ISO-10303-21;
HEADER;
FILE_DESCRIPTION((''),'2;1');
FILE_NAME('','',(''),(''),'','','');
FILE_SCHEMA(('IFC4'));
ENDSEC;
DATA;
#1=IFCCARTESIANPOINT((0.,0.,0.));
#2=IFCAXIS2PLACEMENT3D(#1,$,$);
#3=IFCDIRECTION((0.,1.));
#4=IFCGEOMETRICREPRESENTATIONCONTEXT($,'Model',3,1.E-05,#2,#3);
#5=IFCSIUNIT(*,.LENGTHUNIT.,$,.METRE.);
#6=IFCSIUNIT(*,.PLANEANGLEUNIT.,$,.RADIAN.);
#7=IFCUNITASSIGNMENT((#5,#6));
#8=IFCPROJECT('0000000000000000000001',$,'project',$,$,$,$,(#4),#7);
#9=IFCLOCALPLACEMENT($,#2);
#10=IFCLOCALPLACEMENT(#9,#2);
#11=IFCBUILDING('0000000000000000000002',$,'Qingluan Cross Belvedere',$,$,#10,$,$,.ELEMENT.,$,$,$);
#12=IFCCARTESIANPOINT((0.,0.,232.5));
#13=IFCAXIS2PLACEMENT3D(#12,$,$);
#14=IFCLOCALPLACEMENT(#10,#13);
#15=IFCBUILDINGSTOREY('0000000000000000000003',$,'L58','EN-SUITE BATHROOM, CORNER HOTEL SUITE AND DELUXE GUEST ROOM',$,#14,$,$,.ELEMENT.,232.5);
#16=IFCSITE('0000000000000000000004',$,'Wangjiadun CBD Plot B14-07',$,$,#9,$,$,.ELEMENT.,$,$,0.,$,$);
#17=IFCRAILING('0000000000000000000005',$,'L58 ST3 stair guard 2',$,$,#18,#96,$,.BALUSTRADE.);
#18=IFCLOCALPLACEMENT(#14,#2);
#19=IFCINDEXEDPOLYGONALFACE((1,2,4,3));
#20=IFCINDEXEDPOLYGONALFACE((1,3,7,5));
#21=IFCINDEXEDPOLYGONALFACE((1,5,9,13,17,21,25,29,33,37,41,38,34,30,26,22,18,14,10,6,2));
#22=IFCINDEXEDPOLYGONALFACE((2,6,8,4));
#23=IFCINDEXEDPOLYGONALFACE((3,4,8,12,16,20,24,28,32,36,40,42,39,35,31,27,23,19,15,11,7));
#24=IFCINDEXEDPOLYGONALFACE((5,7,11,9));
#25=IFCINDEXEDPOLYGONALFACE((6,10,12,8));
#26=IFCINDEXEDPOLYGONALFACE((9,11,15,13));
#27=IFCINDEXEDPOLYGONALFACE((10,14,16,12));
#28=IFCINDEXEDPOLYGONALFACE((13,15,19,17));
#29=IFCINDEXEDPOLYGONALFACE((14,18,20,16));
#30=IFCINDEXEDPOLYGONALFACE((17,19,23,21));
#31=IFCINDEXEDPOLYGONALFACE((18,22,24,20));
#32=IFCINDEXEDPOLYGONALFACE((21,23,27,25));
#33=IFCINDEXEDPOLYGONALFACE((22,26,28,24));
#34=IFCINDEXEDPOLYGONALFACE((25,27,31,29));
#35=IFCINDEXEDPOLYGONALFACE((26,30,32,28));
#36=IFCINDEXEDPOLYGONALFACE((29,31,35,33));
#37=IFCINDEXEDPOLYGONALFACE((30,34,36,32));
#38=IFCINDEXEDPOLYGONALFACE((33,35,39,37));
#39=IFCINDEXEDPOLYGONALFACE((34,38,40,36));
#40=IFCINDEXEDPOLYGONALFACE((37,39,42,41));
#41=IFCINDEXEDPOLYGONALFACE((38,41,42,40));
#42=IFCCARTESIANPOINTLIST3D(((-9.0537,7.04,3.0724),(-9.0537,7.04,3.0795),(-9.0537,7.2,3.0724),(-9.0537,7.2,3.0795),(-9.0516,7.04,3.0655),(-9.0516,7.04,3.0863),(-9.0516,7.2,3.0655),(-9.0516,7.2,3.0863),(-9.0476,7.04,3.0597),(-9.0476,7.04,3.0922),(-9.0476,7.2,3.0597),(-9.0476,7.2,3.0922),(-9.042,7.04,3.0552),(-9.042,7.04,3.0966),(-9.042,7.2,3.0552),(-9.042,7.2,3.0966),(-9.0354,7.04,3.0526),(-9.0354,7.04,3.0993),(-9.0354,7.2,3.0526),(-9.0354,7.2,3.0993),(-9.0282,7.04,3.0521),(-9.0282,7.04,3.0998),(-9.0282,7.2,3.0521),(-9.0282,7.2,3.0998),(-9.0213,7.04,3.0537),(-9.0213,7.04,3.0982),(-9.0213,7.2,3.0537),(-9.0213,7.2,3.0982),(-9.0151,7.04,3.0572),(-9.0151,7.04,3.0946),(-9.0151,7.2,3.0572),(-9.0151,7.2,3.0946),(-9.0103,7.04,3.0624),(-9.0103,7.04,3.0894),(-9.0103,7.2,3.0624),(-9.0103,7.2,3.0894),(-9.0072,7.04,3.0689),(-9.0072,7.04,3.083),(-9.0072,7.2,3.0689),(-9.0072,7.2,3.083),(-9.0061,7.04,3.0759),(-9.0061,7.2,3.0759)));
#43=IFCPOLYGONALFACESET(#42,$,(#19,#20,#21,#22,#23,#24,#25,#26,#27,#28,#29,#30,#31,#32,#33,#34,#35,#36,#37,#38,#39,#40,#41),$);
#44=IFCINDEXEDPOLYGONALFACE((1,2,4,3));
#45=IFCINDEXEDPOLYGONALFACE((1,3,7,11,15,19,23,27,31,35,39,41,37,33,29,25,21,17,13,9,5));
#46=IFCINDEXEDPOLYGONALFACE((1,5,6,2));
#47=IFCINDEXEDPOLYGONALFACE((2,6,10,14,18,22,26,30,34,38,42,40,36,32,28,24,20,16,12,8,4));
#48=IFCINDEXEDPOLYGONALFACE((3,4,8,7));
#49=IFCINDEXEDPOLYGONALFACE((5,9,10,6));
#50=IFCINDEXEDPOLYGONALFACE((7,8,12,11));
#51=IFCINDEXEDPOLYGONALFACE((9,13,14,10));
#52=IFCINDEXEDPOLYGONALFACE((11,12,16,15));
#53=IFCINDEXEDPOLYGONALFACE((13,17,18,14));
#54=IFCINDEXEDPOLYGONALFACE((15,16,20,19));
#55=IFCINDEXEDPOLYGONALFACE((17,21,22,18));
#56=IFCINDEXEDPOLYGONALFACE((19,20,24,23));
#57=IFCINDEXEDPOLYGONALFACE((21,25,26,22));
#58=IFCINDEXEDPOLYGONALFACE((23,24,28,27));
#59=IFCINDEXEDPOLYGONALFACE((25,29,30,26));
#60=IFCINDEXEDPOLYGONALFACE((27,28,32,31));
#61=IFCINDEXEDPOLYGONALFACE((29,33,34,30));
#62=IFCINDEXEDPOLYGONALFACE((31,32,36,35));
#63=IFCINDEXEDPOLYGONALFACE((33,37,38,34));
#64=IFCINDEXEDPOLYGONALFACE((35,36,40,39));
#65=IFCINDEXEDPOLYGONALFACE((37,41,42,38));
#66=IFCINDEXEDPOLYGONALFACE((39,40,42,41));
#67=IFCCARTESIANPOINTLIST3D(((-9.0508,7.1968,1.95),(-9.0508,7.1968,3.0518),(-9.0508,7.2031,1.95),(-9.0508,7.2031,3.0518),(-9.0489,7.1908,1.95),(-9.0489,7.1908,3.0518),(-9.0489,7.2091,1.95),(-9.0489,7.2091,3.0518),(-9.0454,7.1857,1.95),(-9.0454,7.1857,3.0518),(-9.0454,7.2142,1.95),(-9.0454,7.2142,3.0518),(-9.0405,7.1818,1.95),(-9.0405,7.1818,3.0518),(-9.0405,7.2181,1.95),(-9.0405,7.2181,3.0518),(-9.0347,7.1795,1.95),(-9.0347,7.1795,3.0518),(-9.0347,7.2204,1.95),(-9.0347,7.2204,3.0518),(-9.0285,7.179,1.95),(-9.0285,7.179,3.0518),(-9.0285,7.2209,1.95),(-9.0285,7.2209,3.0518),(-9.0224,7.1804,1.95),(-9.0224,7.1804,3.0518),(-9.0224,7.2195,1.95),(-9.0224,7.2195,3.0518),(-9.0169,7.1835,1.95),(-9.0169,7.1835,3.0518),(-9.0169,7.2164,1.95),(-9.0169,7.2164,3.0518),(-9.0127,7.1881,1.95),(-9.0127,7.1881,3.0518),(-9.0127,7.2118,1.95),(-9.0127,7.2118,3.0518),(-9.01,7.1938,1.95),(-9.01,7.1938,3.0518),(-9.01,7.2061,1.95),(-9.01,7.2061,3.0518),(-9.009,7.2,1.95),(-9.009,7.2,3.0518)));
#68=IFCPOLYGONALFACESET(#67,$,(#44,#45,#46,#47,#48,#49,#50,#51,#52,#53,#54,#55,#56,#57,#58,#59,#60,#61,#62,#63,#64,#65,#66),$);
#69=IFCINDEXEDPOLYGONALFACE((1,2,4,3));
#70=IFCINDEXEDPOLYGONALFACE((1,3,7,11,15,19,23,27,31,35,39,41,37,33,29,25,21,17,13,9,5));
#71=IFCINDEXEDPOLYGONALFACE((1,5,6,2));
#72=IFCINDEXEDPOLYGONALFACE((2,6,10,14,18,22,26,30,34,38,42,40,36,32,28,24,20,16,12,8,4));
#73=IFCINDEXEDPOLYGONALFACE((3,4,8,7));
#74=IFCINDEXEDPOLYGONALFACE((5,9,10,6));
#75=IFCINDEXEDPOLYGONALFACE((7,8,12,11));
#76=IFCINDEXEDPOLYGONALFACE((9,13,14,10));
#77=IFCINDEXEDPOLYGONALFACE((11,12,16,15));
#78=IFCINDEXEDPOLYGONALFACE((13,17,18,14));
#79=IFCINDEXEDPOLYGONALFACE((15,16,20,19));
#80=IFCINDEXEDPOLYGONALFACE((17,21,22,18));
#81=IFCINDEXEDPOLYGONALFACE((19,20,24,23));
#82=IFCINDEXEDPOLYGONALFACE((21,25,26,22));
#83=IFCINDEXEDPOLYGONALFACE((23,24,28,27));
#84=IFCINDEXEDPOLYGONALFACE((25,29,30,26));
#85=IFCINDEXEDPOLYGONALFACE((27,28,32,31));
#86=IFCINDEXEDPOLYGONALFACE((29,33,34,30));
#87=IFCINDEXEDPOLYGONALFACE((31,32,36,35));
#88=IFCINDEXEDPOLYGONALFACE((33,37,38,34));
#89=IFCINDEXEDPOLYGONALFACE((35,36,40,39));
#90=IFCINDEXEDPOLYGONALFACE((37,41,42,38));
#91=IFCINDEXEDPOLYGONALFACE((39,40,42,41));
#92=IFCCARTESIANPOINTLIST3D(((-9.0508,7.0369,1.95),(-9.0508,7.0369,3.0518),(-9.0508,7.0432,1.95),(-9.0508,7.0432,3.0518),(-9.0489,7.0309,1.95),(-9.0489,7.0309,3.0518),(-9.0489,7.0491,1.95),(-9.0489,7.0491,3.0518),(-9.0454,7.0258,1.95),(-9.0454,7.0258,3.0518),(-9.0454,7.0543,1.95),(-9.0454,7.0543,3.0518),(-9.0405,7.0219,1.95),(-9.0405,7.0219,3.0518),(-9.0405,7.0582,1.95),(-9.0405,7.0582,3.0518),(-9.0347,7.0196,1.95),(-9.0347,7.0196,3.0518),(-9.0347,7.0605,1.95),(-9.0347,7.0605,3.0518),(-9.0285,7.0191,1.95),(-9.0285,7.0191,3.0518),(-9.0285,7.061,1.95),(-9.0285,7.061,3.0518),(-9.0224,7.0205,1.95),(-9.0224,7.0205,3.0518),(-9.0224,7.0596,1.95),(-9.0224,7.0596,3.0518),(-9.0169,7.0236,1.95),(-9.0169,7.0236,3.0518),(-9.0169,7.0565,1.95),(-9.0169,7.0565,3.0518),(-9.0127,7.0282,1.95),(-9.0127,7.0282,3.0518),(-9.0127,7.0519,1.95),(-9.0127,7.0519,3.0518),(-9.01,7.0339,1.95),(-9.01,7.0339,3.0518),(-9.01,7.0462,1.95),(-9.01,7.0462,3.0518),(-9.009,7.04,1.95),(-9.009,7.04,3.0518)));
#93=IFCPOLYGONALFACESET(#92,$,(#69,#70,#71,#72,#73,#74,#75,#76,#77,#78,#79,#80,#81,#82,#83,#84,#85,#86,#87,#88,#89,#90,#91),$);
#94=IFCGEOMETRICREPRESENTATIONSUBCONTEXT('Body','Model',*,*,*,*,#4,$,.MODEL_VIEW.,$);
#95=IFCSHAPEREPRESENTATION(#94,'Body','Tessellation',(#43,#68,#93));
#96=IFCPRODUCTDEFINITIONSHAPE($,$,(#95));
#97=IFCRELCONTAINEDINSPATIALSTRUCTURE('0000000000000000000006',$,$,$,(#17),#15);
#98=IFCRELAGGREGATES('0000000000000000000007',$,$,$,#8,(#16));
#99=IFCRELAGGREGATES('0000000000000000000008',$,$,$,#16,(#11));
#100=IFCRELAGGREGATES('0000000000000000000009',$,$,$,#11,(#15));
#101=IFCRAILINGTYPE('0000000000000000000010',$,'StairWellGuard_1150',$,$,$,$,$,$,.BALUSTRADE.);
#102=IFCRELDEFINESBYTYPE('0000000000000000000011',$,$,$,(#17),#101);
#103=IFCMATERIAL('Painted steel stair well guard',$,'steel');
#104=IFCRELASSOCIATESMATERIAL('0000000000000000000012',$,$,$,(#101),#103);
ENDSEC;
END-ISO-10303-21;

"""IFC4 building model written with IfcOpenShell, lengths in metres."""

from ifc_helpers import new_model, si_unit, direction, frame, origin, origin_2d, place, context, subcontext, project, spatial, circle, extrude, material, type_object, element, save


model = new_model("IFC4")

# Units and contexts
model_context = context("Model", 3, precision=1e-05, world=origin(), true_north=direction((0.0, 1.0)))
body_context = subcontext(model_context, "Body", "Model", "MODEL_VIEW")
ifc_project = project(units=[si_unit("LENGTHUNIT", "METRE"), si_unit("PLANEANGLEUNIT", "RADIAN")], contexts=[model_context])

# Site, building, storey
site_placement = place(None, origin())
site = spatial("IfcSite", under=ifc_project, at=site_placement, Name="Wangjiadun CBD Plot B14-07", CompositionType="ELEMENT", RefElevation=0.0)
building_placement = place(site_placement, origin())
building = spatial("IfcBuilding", under=site, at=building_placement, Name="Qingluan Cross Belvedere", CompositionType="ELEMENT")
storey_placement = place(building_placement, frame((0.0, 0.0, 232.5)))
storey = spatial("IfcBuildingStorey", under=building, at=storey_placement, Name="L58", Description="EN-SUITE BATHROOM, CORNER HOTEL SUITE AND DELUXE GUEST ROOM", CompositionType="ELEMENT", Elevation=232.5)

# Railing
ifc_material_1 = material(Name="Painted steel stair well guard", Category="steel")
railing_type_1 = type_object("IfcRailingType", Name="StairWellGuard_1150", PredefinedType="BALUSTRADE", material=ifc_material_1)
railing_1_placement = place(storey_placement, frame((-9.03, 7.2, 1.95)))
element("IfcRailing", 1, at=railing_1_placement, inside=storey, type_object=railing_type_1, Name="L58 ST3 stair guard 2", PredefinedType="BALUSTRADE", context=body_context, shape_type="SweptSolid", body=[
    extrude(circle(Radius=0.0239, at=origin_2d()), frame((0.0, 0.0, 1.126), z_axis=(0.0, -1.0, 0.0), x_axis=(1.0, 0.0, 0.0)), (0.0, 0.0, 1.0), 0.1599),
    extrude(circle(Radius=0.021, at=origin_2d()), origin(), (0.0, 0.0, 1.0), 1.1018),
    extrude(circle(Radius=0.021, at=origin_2d()), frame((0.0, -0.1599, 0.0)), (0.0, 0.0, 1.0), 1.1018),
])

save(model, "model.ifc")
